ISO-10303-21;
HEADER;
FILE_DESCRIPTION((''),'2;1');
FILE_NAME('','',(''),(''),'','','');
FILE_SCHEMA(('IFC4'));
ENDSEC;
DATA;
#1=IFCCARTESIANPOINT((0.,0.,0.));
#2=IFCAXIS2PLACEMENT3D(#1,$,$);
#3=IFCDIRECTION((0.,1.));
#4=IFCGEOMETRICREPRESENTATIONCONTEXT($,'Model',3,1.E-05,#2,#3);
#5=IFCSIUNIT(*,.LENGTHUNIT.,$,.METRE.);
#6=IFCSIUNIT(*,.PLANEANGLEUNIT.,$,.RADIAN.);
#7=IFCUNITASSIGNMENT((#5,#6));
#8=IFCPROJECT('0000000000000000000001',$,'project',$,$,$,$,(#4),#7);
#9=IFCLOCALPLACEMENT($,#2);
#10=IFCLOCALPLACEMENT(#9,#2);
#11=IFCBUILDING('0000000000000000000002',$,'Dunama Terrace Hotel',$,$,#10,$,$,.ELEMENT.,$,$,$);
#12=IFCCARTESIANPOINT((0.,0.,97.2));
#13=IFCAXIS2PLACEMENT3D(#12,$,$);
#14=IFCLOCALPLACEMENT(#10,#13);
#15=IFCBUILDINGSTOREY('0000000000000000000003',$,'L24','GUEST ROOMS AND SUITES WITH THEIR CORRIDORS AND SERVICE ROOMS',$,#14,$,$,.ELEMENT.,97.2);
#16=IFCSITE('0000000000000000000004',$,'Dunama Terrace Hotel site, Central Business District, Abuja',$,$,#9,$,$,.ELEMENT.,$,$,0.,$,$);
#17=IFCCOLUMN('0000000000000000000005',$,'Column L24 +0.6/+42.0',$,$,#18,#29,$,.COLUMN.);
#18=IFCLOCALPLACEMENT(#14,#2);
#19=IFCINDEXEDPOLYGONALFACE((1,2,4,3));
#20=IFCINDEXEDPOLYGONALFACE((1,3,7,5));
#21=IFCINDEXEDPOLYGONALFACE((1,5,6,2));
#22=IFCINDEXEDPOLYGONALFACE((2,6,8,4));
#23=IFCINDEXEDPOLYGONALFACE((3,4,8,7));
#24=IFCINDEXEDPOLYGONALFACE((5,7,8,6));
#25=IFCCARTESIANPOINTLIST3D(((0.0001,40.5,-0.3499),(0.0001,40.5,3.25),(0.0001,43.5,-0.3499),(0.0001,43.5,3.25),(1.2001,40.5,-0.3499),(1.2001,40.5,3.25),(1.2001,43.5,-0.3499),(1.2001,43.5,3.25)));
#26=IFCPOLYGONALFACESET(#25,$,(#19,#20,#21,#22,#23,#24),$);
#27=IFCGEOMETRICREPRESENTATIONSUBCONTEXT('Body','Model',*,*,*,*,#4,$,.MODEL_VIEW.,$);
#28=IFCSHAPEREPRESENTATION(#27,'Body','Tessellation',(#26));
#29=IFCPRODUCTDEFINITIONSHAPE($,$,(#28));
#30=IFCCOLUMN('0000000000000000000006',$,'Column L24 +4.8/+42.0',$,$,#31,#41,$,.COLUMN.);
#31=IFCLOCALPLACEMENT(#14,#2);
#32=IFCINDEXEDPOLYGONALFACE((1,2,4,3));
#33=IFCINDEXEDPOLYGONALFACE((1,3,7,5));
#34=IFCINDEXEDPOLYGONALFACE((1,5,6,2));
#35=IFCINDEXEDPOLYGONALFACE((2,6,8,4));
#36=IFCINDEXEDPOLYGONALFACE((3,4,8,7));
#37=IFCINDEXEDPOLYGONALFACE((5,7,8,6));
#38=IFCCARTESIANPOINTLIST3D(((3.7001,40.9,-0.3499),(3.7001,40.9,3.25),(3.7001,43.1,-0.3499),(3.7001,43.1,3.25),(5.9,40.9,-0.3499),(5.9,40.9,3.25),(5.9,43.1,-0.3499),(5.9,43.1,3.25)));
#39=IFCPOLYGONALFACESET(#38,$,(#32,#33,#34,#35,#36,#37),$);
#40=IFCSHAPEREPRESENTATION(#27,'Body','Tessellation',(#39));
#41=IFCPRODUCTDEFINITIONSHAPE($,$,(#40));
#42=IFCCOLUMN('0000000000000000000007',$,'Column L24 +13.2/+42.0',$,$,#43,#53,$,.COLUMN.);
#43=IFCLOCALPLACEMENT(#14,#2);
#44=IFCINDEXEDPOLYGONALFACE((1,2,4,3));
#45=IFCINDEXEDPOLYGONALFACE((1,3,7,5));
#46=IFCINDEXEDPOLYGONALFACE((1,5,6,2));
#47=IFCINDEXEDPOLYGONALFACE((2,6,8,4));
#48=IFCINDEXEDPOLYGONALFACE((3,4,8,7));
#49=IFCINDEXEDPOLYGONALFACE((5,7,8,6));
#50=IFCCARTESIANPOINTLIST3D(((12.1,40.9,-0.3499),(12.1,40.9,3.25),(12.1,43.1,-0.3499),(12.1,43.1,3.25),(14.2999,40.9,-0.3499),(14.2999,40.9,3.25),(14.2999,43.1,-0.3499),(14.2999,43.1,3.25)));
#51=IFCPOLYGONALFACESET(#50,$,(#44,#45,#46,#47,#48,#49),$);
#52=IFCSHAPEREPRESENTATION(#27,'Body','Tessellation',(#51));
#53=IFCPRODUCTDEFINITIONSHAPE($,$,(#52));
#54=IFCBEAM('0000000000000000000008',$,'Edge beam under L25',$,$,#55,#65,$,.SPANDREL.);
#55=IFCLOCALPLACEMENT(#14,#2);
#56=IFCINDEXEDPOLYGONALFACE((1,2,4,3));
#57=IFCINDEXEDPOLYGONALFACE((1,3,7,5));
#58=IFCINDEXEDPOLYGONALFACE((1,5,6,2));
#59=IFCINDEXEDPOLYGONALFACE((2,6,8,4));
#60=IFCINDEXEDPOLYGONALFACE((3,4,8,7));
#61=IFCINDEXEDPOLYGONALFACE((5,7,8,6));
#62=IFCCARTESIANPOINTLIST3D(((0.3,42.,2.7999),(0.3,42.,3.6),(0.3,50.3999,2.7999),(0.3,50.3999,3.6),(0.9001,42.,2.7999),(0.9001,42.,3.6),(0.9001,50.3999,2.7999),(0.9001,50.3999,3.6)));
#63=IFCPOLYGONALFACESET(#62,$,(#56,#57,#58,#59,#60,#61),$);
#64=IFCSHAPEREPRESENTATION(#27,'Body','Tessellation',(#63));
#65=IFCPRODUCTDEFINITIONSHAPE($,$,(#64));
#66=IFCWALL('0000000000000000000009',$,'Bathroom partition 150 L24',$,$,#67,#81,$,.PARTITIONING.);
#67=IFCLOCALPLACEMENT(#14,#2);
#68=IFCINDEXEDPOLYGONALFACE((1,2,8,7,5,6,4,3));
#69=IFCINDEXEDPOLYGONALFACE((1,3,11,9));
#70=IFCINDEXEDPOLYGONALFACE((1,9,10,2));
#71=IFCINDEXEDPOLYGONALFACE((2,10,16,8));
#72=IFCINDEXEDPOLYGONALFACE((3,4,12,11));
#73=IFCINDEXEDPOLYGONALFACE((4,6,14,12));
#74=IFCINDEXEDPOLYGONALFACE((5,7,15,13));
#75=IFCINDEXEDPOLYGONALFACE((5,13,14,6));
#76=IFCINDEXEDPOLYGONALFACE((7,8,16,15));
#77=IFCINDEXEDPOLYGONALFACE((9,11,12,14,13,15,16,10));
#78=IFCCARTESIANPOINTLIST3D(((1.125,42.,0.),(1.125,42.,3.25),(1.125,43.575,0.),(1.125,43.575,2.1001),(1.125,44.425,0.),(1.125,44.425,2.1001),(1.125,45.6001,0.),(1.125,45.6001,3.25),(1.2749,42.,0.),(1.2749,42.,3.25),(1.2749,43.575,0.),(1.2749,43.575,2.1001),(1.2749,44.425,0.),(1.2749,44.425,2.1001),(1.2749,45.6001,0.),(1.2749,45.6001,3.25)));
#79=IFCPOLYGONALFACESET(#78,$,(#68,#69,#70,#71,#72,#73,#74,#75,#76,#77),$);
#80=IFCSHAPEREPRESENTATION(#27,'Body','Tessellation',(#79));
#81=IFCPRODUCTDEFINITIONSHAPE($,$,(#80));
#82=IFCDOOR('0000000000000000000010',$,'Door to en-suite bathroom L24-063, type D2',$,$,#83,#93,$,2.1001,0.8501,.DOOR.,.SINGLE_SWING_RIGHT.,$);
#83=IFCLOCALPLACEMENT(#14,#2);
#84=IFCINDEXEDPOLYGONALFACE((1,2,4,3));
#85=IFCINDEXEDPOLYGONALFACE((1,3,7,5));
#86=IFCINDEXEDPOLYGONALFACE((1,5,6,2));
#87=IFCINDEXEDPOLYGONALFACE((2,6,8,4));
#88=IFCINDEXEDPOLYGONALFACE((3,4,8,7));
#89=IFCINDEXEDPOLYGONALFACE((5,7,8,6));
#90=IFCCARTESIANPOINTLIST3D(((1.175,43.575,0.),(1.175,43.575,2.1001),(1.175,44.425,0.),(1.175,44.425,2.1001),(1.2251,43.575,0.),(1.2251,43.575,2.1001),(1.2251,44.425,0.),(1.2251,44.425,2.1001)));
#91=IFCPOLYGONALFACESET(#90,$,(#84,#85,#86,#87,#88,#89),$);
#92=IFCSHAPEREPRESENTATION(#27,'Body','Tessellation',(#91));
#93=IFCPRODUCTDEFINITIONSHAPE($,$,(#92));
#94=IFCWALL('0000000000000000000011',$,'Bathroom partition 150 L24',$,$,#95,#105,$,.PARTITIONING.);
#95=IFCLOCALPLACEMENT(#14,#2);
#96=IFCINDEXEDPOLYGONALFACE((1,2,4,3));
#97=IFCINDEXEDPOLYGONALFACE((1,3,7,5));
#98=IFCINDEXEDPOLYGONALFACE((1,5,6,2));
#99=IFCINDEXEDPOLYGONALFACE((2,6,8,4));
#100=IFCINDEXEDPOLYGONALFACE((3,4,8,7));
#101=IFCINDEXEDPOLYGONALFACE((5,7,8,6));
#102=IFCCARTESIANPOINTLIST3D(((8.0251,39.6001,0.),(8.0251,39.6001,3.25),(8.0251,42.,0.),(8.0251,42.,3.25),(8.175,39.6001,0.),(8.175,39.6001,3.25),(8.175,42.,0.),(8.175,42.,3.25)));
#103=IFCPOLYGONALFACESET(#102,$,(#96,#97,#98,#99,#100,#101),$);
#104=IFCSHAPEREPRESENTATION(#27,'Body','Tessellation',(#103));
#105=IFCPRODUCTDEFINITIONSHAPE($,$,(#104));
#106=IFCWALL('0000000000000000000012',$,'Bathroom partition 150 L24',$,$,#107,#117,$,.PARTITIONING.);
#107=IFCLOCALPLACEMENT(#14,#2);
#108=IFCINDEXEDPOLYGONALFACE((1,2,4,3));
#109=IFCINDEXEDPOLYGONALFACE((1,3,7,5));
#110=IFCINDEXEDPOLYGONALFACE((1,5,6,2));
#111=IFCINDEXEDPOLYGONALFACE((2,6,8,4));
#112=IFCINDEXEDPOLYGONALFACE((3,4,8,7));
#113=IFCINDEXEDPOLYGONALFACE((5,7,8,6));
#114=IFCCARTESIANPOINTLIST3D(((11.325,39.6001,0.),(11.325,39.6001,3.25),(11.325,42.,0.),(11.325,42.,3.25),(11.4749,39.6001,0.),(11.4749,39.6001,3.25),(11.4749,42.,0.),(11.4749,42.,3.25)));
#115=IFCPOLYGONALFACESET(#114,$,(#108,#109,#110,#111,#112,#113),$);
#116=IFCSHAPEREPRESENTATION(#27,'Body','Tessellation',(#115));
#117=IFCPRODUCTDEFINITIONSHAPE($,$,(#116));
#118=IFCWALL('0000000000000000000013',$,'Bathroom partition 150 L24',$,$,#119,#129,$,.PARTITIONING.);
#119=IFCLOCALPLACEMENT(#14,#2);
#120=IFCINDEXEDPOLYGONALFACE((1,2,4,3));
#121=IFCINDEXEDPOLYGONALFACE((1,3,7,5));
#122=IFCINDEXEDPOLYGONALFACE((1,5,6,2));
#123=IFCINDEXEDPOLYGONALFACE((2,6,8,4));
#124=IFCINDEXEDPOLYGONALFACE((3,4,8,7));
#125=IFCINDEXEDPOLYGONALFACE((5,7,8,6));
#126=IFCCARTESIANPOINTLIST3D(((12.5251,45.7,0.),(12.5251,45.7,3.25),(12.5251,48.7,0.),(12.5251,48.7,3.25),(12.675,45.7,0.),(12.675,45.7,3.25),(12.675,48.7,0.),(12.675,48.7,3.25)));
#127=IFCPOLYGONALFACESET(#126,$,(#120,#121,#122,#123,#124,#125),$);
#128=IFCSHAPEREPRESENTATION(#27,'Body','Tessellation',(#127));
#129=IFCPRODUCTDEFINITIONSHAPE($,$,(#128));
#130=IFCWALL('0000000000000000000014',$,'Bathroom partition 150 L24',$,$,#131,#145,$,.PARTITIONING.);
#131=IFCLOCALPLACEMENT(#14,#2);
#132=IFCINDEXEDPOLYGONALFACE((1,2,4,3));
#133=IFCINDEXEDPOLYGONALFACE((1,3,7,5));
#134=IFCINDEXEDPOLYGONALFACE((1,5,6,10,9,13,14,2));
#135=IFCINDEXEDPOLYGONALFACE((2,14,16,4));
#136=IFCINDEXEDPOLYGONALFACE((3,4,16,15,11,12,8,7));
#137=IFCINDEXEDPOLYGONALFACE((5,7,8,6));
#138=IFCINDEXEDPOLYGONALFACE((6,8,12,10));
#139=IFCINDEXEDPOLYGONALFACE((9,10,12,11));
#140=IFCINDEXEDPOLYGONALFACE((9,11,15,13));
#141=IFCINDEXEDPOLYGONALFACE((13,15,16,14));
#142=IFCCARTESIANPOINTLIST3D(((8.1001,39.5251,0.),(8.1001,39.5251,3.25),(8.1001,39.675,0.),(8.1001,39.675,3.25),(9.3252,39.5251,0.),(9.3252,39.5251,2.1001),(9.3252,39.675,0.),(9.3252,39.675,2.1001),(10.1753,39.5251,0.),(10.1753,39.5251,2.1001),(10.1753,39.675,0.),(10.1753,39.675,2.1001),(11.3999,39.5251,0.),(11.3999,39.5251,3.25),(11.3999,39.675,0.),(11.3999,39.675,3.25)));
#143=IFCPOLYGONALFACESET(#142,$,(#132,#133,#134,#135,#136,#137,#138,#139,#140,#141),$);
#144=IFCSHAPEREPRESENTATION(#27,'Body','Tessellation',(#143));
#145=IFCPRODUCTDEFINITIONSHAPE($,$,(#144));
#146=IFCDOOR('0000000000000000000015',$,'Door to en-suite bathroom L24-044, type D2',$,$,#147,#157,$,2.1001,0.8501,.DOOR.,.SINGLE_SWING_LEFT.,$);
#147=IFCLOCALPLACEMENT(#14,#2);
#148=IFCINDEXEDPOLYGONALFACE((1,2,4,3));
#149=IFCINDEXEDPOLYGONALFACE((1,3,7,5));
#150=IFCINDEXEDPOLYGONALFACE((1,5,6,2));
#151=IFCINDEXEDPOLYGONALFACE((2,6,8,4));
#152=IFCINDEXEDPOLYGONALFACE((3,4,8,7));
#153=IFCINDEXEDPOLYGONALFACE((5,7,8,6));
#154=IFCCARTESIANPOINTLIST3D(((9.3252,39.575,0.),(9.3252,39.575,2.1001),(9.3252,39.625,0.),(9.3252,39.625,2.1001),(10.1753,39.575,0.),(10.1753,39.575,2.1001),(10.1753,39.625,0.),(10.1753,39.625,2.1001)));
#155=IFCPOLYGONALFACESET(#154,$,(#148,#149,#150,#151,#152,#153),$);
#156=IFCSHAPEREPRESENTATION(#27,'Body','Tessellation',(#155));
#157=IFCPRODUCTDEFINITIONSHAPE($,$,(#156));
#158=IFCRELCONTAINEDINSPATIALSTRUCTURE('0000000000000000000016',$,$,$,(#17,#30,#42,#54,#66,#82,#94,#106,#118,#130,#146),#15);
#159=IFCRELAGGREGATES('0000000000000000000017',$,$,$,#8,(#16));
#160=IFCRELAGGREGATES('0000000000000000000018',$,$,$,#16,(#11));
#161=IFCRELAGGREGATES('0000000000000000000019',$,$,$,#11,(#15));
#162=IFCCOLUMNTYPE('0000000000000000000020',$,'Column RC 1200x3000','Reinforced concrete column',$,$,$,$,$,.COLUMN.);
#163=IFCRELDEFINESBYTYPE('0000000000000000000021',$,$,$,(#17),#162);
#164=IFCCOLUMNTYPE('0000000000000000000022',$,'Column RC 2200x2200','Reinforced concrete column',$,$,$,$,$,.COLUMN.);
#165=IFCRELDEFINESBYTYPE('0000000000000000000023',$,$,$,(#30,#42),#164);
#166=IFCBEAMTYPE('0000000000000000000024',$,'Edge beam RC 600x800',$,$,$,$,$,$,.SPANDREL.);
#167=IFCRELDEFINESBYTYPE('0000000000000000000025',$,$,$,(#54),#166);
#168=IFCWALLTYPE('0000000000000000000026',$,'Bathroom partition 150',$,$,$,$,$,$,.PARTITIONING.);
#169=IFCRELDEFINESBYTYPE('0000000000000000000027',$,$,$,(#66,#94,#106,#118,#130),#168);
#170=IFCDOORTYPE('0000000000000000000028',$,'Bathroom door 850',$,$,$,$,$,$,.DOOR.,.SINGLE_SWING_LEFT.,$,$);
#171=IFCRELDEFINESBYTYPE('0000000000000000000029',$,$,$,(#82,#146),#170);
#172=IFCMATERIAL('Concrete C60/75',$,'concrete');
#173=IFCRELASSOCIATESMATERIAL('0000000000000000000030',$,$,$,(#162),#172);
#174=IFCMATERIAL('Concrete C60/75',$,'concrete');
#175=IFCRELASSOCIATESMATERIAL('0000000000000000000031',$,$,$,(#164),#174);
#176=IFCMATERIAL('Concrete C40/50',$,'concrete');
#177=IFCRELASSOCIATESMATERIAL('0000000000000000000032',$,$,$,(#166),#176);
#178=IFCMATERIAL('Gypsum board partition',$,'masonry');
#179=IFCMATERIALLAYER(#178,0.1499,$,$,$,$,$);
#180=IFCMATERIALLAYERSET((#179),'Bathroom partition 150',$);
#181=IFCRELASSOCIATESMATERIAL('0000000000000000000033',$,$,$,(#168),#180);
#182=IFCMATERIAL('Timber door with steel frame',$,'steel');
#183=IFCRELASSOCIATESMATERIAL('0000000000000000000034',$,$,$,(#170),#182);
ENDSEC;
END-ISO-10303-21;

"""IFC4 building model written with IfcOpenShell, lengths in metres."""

from ifc_helpers import new_model, si_unit, direction, frame, frame_2d, origin, origin_2d, place, context, subcontext, project, spatial, rectangle, extrude, material, layer, layer_set, material_profile, profile_set, type_object, element, fill, save


model = new_model("IFC4")

# Units and contexts
model_context = context("Model", 3, precision=1e-05, world=origin(), true_north=direction((0.0, 1.0)))
body_context = subcontext(model_context, "Body", "Model", "MODEL_VIEW")
ifc_project = project(units=[si_unit("LENGTHUNIT", "METRE"), si_unit("PLANEANGLEUNIT", "RADIAN")], contexts=[model_context])

# Site, building, storey
site_placement = place(None, origin())
site = spatial("IfcSite", under=ifc_project, at=site_placement, Name="Dunama Terrace Hotel site, Central Business District, Abuja", CompositionType="ELEMENT", RefElevation=0.0)
building_placement = place(site_placement, origin())
building = spatial("IfcBuilding", under=site, at=building_placement, Name="Dunama Terrace Hotel", CompositionType="ELEMENT")
storey_placement = place(building_placement, frame((0.0, 0.0, 97.2)))
storey = spatial("IfcBuildingStorey", under=building, at=storey_placement, Name="L24", Description="GUEST ROOMS AND SUITES WITH THEIR CORRIDORS AND SERVICE ROOMS", CompositionType="ELEMENT", Elevation=97.2)

# Columns
ifc_material_1 = material(Name="Concrete C60/75", Category="concrete")
ifc_material_profile_1 = material_profile(ifc_material_1, rectangle(XDim=1.2, YDim=3.0, at=origin_2d()), Name="RC 1200x3000")
ifc_profile_set_1 = profile_set([ifc_material_profile_1], Name="Concrete C60/75")
column_type_1 = type_object("IfcColumnType", Name="Column RC 1200x3000", Description="Reinforced concrete column", PredefinedType="COLUMN", material=ifc_profile_set_1)
column_placement = place(storey_placement, frame((0.6001, 42.0, -0.3499), z_axis=(0.0, 0.0, 1.0), x_axis=(1.0, 0.0, 0.0)))
element("IfcColumn", 1, at=column_placement, inside=storey, type_object=column_type_1, Name="Column L24 +0.6/+42.0", PredefinedType="COLUMN", context=body_context, shape_type="SweptSolid", body=[
    extrude(rectangle(XDim=1.2, YDim=3.0, at=origin_2d()), origin(), (0.0, 0.0, 1.0), 3.5999),
])
ifc_material_2 = material(Name="Concrete C60/75", Category="concrete")
ifc_material_profile_2 = material_profile(ifc_material_2, rectangle(XDim=2.2, YDim=2.2, at=origin_2d()), Name="RC 2200x2200")
ifc_profile_set_2 = profile_set([ifc_material_profile_2], Name="Concrete C60/75")
column_type_2 = type_object("IfcColumnType", Name="Column RC 2200x2200", Description="Reinforced concrete column", PredefinedType="COLUMN", material=ifc_profile_set_2)
for number, where, z_axis, x_axis, name in (
    (2, (4.8, 42.0, -0.3499), (0.0, 0.0, 1.0), (1.0, 0.0, 0.0), "Column L24 +4.8/+42.0"),
    (3, (13.2, 42.0, -0.3499), (0.0, 0.0, 1.0), (1.0, 0.0, 0.0), "Column L24 +13.2/+42.0"),
):
    element("IfcColumn", number, at=place(storey_placement, frame(where, z_axis=z_axis, x_axis=x_axis)), inside=storey, type_object=column_type_2, Name=name, PredefinedType="COLUMN", context=body_context, shape_type="SweptSolid", body=[
        extrude(rectangle(XDim=2.2, YDim=2.2, at=origin_2d()), origin(), (0.0, 0.0, 1.0), 3.5999),
    ])

# Beam
ifc_material_3 = material(Name="Concrete C40/50", Category="concrete")
ifc_material_profile_3 = material_profile(ifc_material_3, rectangle(XDim=0.6001, YDim=0.8, at=origin_2d()), Name="RC 600x800")
ifc_profile_set_3 = profile_set([ifc_material_profile_3], Name="Concrete C40/50")
beam_type = type_object("IfcBeamType", Name="Edge beam RC 600x800", PredefinedType="SPANDREL", material=ifc_profile_set_3)
beam_placement = place(storey_placement, frame((0.6001, 42.0, 3.2), z_axis=(0.0, 1.0, 0.0), x_axis=(-1.0, 0.0, 0.0)))
element("IfcBeam", 4, at=beam_placement, inside=storey, type_object=beam_type, Name="Edge beam under L25", PredefinedType="SPANDREL", context=body_context, shape_type="SweptSolid", body=[
    extrude(rectangle(XDim=0.6001, YDim=0.8, at=origin_2d()), origin(), (0.0, 0.0, 1.0), 8.3999),
])

# Wall, opening, door
ifc_material_4 = material(Name="Gypsum board partition", Category="masonry")
ifc_layer_1 = layer(ifc_material_4, 0.1499)
ifc_layer_set_1 = layer_set([ifc_layer_1], Name="Bathroom partition 150")
wall_type_1 = type_object("IfcWallType", Name="Bathroom partition 150", PredefinedType="PARTITIONING", material=ifc_layer_set_1)
wall_1_placement = place(storey_placement, frame((1.2, 42.0, 0.0), z_axis=(0.0, 0.0, 1.0), x_axis=(0.0, 1.0, 0.0)))
wall_1 = element("IfcWall", 5, at=wall_1_placement, inside=storey, type_object=wall_type_1, Name="Bathroom partition 150 L24", PredefinedType="PARTITIONING", context=body_context, shape_type="SweptSolid", body=[
    extrude(rectangle(XDim=3.6001, YDim=0.1499, at=frame_2d((1.8, 0.0))), origin(), (0.0, 0.0, 1.0), 3.25),
])
opening_1_placement = place(wall_1_placement, frame((1.575, 0.0, 0.0)))
opening_1 = element("IfcOpeningElement", 6, at=opening_1_placement, cuts=wall_1, PredefinedType="OPENING", context=body_context, shape_type="SweptSolid", body=[
    extrude(rectangle(XDim=0.8501, YDim=2.1001, at=frame_2d((0.425, 1.05))), frame((0.0, 0.085, 0.0), z_axis=(0.0, -1.0, 0.0), x_axis=(1.0, 0.0, 0.0)), (0.0, 0.0, 1.0), 0.1699),
])
ifc_material_5 = material(Name="Timber door with steel frame", Category="steel")
door_type_1 = type_object("IfcDoorType", Name="Bathroom door 850", OperationType="SINGLE_SWING_LEFT", PredefinedType="DOOR", material=ifc_material_5)
door_1_placement = place(opening_1_placement, frame((0.8501, 0.0, 0.0), z_axis=(0.0, 0.0, 1.0), x_axis=(-1.0, 0.0, 0.0)))
door_1 = element("IfcDoor", 7, at=door_1_placement, inside=storey, type_object=door_type_1, Name="Door to en-suite bathroom L24-063, type D2", OperationType="SINGLE_SWING_RIGHT", OverallHeight=2.1001, OverallWidth=0.8501, PredefinedType="DOOR", context=body_context, shape_type="SweptSolid", body=[
    extrude(rectangle(XDim=0.8501, YDim=2.1001, at=frame_2d((0.425, 1.05))), frame((0.0, 0.0251, 0.0), z_axis=(0.0, -1.0, 0.0), x_axis=(1.0, 0.0, 0.0)), (0.0, 0.0, 1.0), 0.05),
])
fill(opening_1, door_1)

# Walls
for number, where, z_axis, x_axis, name in (
    (8, (8.1001, 39.6001, 0.0), (0.0, 0.0, 1.0), (0.0, 1.0, 0.0), "Bathroom partition 150 L24"),
    (9, (11.3999, 39.6001, 0.0), (0.0, 0.0, 1.0), (0.0, 1.0, 0.0), "Bathroom partition 150 L24"),
):
    element("IfcWall", number, at=place(storey_placement, frame(where, z_axis=z_axis, x_axis=x_axis)), inside=storey, type_object=wall_type_1, Name=name, PredefinedType="PARTITIONING", context=body_context, shape_type="SweptSolid", body=[
        extrude(rectangle(XDim=2.3999, YDim=0.1499, at=frame_2d((1.2, 0.0))), origin(), (0.0, 0.0, 1.0), 3.25),
    ])
wall_2_placement = place(storey_placement, frame((12.6001, 45.7, 0.0), z_axis=(0.0, 0.0, 1.0), x_axis=(0.0, 1.0, 0.0)))
element("IfcWall", 10, at=wall_2_placement, inside=storey, type_object=wall_type_1, Name="Bathroom partition 150 L24", PredefinedType="PARTITIONING", context=body_context, shape_type="SweptSolid", body=[
    extrude(rectangle(XDim=3.0, YDim=0.1499, at=frame_2d((1.5, 0.0))), origin(), (0.0, 0.0, 1.0), 3.25),
])

# Wall, opening, door
wall_3_placement = place(storey_placement, frame((8.1001, 39.6001, 0.0), z_axis=(0.0, 0.0, 1.0), x_axis=(1.0, 0.0, 0.0)))
wall_3 = element("IfcWall", 11, at=wall_3_placement, inside=storey, type_object=wall_type_1, Name="Bathroom partition 150 L24", PredefinedType="PARTITIONING", context=body_context, shape_type="SweptSolid", body=[
    extrude(rectangle(XDim=3.2998, YDim=0.1499, at=frame_2d((1.6499, 0.0))), origin(), (0.0, 0.0, 1.0), 3.25),
])
opening_2_placement = place(wall_3_placement, frame((1.2251, 0.0, 0.0)))
opening_2 = element("IfcOpeningElement", 12, at=opening_2_placement, cuts=wall_3, PredefinedType="OPENING", context=body_context, shape_type="SweptSolid", body=[
    extrude(rectangle(XDim=0.8501, YDim=2.1001, at=frame_2d((0.425, 1.05))), frame((0.0, 0.085, 0.0), z_axis=(0.0, -1.0, 0.0), x_axis=(1.0, 0.0, 0.0)), (0.0, 0.0, 1.0), 0.1699),
])
door_2_placement = place(opening_2_placement, origin())
door_2 = element("IfcDoor", 13, at=door_2_placement, inside=storey, type_object=door_type_1, Name="Door to en-suite bathroom L24-044, type D2", OperationType="SINGLE_SWING_LEFT", OverallHeight=2.1001, OverallWidth=0.8501, PredefinedType="DOOR", context=body_context, shape_type="SweptSolid", body=[
    extrude(rectangle(XDim=0.8501, YDim=2.1001, at=frame_2d((0.425, 1.05))), frame((0.0, 0.0249, 0.0), z_axis=(0.0, -1.0, 0.0), x_axis=(1.0, 0.0, 0.0)), (0.0, 0.0, 1.0), 0.05),
])
fill(opening_2, door_2)

save(model, "model.ifc")
